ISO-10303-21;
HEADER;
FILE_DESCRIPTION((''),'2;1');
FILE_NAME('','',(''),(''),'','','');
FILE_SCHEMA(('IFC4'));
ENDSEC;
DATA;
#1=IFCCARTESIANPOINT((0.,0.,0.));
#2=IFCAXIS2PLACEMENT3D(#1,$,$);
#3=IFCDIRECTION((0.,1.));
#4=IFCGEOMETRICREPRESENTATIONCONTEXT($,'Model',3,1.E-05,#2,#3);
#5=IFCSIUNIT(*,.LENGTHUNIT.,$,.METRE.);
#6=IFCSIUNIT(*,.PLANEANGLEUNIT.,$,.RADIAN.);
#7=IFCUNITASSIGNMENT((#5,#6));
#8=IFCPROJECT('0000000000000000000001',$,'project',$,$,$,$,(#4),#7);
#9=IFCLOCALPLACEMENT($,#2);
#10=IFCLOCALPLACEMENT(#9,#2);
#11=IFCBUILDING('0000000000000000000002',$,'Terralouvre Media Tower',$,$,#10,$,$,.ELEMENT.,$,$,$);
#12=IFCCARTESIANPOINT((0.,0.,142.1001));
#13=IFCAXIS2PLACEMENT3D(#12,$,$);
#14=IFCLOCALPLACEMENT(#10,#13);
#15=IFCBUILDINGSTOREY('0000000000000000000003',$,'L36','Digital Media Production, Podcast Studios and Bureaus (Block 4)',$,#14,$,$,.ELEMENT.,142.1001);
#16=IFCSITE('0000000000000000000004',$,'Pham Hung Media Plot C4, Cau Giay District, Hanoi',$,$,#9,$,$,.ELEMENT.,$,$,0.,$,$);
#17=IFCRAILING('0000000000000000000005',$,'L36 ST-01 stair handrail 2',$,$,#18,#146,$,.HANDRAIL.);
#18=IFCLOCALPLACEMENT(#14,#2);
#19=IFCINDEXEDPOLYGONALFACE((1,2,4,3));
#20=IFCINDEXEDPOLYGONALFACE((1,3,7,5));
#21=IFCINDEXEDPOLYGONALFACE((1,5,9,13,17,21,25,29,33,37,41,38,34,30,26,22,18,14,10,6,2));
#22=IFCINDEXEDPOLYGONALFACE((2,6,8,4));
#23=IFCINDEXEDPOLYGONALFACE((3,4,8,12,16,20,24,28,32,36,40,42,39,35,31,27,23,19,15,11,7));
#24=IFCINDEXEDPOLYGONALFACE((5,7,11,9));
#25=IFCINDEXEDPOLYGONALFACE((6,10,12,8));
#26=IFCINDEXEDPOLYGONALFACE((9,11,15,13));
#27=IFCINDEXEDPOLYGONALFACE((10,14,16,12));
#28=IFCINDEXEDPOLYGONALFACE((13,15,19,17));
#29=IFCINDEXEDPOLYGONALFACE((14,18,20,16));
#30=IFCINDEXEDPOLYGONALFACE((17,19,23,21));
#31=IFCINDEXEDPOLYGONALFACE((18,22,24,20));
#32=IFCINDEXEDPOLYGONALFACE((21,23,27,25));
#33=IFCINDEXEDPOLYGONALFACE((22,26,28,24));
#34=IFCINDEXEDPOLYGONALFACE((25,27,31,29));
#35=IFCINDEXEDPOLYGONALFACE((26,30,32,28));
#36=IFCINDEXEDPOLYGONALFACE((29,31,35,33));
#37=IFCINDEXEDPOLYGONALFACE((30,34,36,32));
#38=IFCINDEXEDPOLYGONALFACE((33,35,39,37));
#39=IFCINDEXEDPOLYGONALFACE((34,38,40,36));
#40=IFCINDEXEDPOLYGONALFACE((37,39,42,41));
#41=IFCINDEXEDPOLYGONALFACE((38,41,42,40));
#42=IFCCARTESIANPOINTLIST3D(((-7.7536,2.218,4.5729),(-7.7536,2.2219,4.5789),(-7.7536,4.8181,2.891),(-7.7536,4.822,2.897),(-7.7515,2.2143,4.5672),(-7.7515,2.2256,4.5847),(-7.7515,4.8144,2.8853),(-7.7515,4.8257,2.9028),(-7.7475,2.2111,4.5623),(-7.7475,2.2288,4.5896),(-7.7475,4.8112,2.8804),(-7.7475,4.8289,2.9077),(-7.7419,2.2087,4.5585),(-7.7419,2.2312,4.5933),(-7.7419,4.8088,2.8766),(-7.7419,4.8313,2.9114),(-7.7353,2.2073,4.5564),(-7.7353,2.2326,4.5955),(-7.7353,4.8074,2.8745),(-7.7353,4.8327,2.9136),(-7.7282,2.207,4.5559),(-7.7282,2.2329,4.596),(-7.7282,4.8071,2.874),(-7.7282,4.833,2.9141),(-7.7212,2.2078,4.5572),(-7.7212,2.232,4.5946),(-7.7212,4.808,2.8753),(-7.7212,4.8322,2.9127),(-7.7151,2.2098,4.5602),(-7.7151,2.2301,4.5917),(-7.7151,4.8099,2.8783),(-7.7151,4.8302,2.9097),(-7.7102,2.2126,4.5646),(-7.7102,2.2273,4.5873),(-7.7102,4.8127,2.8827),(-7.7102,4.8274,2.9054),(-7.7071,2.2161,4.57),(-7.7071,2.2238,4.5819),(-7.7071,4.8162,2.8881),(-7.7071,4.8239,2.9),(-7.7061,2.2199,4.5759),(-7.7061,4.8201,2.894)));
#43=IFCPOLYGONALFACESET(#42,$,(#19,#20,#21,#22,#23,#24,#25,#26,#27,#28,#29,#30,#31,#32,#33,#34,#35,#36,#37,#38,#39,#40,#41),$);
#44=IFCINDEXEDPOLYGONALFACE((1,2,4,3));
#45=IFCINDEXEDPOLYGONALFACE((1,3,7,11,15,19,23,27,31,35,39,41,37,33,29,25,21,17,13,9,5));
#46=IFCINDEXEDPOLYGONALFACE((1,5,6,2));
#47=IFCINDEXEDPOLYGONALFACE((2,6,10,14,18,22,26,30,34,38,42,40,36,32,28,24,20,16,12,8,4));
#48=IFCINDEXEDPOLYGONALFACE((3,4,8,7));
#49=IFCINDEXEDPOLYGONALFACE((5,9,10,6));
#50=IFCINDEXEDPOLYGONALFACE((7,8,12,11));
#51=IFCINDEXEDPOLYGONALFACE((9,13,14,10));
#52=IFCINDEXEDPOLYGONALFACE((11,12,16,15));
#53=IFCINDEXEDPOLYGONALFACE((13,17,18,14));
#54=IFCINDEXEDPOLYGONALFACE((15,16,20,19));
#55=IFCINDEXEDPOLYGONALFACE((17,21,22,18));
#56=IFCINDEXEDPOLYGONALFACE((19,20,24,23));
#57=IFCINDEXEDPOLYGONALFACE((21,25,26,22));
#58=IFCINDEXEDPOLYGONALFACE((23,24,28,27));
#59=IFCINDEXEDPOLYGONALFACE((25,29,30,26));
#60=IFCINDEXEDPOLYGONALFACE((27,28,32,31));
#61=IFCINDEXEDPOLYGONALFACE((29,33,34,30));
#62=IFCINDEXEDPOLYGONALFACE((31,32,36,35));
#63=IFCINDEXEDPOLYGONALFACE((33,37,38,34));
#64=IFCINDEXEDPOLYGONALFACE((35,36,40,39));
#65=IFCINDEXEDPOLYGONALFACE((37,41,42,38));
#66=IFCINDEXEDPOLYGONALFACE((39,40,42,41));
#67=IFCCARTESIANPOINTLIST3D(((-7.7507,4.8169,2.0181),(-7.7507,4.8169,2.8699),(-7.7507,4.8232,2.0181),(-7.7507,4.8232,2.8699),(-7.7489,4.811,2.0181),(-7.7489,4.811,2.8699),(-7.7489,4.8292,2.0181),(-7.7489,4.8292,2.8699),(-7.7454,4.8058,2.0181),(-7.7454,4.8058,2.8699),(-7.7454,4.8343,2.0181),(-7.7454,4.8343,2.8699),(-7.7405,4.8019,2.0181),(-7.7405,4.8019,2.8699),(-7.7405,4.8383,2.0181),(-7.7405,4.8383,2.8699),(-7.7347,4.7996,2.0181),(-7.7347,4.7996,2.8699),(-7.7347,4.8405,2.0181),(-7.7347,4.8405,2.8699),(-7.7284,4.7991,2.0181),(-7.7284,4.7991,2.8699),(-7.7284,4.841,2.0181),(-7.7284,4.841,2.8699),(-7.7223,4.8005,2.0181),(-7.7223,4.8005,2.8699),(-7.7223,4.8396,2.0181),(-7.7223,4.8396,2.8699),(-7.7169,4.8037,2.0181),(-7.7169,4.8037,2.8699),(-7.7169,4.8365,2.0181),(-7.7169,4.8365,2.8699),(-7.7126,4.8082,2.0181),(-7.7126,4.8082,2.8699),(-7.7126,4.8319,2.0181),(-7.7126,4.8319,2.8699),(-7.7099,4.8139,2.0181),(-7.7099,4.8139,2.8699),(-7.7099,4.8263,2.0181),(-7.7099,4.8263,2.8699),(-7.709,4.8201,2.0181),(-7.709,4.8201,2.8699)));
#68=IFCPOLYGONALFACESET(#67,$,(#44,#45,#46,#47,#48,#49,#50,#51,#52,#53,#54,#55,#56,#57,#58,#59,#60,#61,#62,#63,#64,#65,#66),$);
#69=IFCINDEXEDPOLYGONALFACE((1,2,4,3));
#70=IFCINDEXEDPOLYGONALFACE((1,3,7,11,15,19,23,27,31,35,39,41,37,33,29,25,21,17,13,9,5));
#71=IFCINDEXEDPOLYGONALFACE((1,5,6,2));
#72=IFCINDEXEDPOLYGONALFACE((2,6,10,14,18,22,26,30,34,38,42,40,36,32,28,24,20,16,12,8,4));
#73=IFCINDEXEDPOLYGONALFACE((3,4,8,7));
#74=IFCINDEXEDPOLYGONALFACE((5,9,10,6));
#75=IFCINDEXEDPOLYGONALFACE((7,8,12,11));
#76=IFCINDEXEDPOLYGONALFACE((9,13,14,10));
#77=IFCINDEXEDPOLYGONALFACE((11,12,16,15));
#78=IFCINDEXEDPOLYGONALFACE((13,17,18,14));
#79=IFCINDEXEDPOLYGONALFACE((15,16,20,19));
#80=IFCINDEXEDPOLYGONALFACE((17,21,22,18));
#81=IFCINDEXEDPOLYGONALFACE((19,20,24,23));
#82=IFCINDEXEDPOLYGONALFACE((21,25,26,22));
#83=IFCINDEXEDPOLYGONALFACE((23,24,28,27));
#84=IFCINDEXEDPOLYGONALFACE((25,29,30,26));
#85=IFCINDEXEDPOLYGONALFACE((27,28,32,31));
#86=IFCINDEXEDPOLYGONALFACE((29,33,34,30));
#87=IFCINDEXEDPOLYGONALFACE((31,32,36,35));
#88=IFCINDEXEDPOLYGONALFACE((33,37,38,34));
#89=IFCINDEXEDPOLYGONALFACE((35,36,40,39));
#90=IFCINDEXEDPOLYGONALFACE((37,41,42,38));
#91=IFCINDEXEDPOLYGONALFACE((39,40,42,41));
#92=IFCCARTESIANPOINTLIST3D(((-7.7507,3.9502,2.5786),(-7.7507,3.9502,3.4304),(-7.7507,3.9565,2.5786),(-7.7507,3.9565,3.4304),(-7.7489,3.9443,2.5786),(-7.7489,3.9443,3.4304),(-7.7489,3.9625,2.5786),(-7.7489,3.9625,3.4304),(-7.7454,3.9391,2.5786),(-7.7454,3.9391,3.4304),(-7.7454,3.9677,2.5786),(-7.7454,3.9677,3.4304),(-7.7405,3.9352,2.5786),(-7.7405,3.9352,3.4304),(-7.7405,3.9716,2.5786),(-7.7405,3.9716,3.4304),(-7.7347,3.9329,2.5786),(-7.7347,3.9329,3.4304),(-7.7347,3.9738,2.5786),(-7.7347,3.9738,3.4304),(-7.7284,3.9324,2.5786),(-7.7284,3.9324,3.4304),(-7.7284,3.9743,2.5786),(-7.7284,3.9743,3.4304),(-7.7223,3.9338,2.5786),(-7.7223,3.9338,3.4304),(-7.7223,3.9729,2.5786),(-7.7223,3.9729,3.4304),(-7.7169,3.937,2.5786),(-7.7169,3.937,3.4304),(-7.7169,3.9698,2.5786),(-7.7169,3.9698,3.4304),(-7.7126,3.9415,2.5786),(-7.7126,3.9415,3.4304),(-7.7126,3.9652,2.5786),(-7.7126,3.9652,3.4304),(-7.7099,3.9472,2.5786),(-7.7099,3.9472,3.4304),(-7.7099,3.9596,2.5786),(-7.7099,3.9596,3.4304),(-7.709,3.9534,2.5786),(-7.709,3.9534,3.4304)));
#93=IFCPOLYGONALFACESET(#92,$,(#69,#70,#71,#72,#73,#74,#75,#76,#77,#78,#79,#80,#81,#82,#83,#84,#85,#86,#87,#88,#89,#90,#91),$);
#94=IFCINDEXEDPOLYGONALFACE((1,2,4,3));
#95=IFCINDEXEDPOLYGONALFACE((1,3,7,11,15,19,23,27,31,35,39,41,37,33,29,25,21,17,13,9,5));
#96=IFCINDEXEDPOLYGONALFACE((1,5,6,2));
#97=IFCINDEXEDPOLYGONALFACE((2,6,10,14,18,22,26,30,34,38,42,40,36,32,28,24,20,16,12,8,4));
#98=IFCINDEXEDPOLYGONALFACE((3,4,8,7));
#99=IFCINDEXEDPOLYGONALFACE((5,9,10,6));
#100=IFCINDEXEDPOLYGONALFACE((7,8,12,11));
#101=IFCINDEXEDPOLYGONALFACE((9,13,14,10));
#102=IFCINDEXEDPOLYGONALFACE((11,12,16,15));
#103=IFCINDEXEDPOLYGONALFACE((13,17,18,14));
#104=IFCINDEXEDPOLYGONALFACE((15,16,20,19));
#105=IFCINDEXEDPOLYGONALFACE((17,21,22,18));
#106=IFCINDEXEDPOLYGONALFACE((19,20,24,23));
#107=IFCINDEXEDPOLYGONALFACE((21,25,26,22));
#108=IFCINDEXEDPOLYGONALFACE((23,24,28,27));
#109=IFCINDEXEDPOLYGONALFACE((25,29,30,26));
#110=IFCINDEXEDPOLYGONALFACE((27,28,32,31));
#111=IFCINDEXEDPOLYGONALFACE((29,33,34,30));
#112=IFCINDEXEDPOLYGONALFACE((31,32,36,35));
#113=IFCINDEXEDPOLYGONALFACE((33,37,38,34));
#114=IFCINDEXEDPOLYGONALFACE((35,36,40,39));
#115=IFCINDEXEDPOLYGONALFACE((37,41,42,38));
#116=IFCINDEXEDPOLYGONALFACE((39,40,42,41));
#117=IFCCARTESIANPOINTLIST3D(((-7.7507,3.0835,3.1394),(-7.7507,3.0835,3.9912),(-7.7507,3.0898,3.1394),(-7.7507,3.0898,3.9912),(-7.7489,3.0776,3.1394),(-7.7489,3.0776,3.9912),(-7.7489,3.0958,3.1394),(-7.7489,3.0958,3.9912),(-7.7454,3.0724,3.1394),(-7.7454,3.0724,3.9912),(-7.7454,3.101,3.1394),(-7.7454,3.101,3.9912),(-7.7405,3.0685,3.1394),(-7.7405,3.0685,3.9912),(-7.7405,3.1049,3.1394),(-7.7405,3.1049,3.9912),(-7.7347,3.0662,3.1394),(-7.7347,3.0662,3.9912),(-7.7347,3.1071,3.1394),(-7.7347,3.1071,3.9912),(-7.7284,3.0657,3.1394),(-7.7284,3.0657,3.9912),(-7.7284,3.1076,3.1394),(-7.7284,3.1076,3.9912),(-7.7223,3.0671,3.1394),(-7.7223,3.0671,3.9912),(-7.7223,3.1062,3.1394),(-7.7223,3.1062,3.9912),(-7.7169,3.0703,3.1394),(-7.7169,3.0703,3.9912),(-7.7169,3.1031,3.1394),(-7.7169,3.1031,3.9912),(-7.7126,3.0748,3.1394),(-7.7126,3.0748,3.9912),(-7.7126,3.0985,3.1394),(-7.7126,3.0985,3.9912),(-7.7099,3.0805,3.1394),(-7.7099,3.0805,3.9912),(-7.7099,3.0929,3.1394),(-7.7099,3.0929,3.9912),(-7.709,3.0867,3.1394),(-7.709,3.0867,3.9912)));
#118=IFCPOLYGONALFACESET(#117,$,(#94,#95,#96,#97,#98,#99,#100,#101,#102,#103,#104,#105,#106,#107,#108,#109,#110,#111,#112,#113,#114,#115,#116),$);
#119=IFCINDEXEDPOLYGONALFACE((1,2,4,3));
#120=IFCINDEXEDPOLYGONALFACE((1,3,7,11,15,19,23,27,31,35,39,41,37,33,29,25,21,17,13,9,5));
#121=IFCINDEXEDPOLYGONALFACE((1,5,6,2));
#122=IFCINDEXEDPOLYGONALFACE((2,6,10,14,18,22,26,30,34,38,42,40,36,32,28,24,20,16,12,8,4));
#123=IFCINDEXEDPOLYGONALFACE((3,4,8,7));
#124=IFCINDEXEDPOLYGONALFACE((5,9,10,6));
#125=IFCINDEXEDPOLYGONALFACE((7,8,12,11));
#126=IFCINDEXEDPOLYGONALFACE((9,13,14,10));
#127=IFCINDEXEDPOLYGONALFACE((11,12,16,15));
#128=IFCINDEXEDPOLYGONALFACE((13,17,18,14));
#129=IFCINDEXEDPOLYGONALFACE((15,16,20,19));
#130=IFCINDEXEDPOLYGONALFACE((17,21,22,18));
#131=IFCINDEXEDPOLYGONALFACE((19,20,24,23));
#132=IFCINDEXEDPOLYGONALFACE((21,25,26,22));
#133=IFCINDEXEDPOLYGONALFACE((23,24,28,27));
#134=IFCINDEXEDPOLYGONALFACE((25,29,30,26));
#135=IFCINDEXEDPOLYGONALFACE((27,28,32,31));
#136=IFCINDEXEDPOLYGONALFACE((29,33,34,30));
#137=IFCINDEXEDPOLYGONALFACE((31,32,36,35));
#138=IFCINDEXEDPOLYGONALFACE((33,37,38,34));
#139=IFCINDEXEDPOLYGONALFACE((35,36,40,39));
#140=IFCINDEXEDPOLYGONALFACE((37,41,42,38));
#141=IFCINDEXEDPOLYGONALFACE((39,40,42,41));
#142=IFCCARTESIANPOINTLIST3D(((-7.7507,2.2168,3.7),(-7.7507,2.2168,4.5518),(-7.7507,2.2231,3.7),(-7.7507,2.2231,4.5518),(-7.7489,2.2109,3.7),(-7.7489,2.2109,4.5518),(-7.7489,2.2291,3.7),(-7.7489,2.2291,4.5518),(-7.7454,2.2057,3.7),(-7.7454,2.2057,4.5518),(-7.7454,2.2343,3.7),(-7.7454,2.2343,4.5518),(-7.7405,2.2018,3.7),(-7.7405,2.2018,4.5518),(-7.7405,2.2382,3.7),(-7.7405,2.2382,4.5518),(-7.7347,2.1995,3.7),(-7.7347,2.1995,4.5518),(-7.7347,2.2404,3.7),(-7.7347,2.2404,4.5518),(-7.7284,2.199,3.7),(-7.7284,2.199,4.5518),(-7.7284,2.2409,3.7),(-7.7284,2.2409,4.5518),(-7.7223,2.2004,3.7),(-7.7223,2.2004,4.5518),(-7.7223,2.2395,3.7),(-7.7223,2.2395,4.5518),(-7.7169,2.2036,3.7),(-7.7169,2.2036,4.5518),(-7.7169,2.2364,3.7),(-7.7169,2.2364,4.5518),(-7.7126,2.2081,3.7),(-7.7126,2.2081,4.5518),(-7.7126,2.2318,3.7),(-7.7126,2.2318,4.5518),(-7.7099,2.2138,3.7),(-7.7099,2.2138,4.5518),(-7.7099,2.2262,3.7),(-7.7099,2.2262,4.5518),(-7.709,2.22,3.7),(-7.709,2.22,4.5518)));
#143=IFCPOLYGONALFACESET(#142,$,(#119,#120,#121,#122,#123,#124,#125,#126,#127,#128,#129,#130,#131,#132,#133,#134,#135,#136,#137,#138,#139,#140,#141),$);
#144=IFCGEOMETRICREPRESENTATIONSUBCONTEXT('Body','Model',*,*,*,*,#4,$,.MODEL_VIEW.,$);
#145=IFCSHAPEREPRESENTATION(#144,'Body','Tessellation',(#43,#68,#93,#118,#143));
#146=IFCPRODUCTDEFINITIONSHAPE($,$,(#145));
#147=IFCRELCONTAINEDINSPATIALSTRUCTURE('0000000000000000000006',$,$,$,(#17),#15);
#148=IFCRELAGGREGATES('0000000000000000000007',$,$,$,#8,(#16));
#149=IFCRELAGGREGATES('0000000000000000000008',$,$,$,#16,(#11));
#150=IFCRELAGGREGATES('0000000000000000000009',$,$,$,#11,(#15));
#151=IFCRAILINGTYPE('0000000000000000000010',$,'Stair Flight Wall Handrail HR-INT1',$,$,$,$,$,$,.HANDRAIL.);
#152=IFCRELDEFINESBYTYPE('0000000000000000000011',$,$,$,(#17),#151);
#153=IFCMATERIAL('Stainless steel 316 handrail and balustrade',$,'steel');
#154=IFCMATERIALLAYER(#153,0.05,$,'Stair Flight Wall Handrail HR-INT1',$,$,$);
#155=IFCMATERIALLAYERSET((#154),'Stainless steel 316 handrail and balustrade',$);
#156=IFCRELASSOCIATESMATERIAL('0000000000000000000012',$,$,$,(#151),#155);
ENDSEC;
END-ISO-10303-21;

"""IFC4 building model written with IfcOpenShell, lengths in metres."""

from ifc_helpers import new_model, si_unit, direction, frame, origin, origin_2d, place, context, subcontext, project, spatial, circle, extrude, material, layer, layer_set, type_object, element, save


model = new_model("IFC4")

# Units and contexts
model_context = context("Model", 3, precision=1e-05, world=origin(), true_north=direction((0.0, 1.0)))
body_context = subcontext(model_context, "Body", "Model", "MODEL_VIEW")
ifc_project = project(units=[si_unit("LENGTHUNIT", "METRE"), si_unit("PLANEANGLEUNIT", "RADIAN")], contexts=[model_context])

# Site, building, storey
site_placement = place(None, origin())
site = spatial("IfcSite", under=ifc_project, at=site_placement, Name="Pham Hung Media Plot C4, Cau Giay District, Hanoi", CompositionType="ELEMENT", RefElevation=0.0)
building_placement = place(site_placement, origin())
building = spatial("IfcBuilding", under=site, at=building_placement, Name="Terralouvre Media Tower", CompositionType="ELEMENT")
storey_placement = place(building_placement, frame((0.0, 0.0, 142.1001)))
storey = spatial("IfcBuildingStorey", under=building, at=storey_placement, Name="L36", Description="Digital Media Production, Podcast Studios and Bureaus (Block 4)", CompositionType="ELEMENT", Elevation=142.1001)

# Railing
ifc_material_1 = material(Name="Stainless steel 316 handrail and balustrade", Category="steel")
ifc_layer_1 = layer(ifc_material_1, 0.05, Name="Stair Flight Wall Handrail HR-INT1")
ifc_layer_set_1 = layer_set([ifc_layer_1], Name="Stainless steel 316 handrail and balustrade")
railing_type_1 = type_object("IfcRailingType", Name="Stair Flight Wall Handrail HR-INT1", PredefinedType="HANDRAIL", material=ifc_layer_set_1)
railing_1_placement = place(storey_placement, frame((-7.73, 4.8201, 2.0181)))
element("IfcRailing", 1, at=railing_1_placement, inside=storey, type_object=railing_type_1, Name="L36 ST-01 stair handrail 2", PredefinedType="HANDRAIL", context=body_context, shape_type="SweptSolid", body=[
    extrude(circle(Radius=0.0239, at=origin_2d()), frame((0.0, 0.0, 0.876), z_axis=(0.0, -0.839648, 0.54313), x_axis=(1.0, 0.0, 0.0)), (0.0, 0.0, 1.0), 3.0967),
    extrude(circle(Radius=0.021, at=origin_2d()), origin(), (0.0, 0.0, 1.0), 0.8518),
    extrude(circle(Radius=0.021, at=origin_2d()), frame((0.0, -0.8667, 0.5605)), (0.0, 0.0, 1.0), 0.8518),
    extrude(circle(Radius=0.021, at=origin_2d()), frame((0.0, -1.7334, 1.1213)), (0.0, 0.0, 1.0), 0.8518),
    extrude(circle(Radius=0.021, at=origin_2d()), frame((0.0, -2.6001, 1.6819)), (0.0, 0.0, 1.0), 0.8518),
])

save(model, "model.ifc")
